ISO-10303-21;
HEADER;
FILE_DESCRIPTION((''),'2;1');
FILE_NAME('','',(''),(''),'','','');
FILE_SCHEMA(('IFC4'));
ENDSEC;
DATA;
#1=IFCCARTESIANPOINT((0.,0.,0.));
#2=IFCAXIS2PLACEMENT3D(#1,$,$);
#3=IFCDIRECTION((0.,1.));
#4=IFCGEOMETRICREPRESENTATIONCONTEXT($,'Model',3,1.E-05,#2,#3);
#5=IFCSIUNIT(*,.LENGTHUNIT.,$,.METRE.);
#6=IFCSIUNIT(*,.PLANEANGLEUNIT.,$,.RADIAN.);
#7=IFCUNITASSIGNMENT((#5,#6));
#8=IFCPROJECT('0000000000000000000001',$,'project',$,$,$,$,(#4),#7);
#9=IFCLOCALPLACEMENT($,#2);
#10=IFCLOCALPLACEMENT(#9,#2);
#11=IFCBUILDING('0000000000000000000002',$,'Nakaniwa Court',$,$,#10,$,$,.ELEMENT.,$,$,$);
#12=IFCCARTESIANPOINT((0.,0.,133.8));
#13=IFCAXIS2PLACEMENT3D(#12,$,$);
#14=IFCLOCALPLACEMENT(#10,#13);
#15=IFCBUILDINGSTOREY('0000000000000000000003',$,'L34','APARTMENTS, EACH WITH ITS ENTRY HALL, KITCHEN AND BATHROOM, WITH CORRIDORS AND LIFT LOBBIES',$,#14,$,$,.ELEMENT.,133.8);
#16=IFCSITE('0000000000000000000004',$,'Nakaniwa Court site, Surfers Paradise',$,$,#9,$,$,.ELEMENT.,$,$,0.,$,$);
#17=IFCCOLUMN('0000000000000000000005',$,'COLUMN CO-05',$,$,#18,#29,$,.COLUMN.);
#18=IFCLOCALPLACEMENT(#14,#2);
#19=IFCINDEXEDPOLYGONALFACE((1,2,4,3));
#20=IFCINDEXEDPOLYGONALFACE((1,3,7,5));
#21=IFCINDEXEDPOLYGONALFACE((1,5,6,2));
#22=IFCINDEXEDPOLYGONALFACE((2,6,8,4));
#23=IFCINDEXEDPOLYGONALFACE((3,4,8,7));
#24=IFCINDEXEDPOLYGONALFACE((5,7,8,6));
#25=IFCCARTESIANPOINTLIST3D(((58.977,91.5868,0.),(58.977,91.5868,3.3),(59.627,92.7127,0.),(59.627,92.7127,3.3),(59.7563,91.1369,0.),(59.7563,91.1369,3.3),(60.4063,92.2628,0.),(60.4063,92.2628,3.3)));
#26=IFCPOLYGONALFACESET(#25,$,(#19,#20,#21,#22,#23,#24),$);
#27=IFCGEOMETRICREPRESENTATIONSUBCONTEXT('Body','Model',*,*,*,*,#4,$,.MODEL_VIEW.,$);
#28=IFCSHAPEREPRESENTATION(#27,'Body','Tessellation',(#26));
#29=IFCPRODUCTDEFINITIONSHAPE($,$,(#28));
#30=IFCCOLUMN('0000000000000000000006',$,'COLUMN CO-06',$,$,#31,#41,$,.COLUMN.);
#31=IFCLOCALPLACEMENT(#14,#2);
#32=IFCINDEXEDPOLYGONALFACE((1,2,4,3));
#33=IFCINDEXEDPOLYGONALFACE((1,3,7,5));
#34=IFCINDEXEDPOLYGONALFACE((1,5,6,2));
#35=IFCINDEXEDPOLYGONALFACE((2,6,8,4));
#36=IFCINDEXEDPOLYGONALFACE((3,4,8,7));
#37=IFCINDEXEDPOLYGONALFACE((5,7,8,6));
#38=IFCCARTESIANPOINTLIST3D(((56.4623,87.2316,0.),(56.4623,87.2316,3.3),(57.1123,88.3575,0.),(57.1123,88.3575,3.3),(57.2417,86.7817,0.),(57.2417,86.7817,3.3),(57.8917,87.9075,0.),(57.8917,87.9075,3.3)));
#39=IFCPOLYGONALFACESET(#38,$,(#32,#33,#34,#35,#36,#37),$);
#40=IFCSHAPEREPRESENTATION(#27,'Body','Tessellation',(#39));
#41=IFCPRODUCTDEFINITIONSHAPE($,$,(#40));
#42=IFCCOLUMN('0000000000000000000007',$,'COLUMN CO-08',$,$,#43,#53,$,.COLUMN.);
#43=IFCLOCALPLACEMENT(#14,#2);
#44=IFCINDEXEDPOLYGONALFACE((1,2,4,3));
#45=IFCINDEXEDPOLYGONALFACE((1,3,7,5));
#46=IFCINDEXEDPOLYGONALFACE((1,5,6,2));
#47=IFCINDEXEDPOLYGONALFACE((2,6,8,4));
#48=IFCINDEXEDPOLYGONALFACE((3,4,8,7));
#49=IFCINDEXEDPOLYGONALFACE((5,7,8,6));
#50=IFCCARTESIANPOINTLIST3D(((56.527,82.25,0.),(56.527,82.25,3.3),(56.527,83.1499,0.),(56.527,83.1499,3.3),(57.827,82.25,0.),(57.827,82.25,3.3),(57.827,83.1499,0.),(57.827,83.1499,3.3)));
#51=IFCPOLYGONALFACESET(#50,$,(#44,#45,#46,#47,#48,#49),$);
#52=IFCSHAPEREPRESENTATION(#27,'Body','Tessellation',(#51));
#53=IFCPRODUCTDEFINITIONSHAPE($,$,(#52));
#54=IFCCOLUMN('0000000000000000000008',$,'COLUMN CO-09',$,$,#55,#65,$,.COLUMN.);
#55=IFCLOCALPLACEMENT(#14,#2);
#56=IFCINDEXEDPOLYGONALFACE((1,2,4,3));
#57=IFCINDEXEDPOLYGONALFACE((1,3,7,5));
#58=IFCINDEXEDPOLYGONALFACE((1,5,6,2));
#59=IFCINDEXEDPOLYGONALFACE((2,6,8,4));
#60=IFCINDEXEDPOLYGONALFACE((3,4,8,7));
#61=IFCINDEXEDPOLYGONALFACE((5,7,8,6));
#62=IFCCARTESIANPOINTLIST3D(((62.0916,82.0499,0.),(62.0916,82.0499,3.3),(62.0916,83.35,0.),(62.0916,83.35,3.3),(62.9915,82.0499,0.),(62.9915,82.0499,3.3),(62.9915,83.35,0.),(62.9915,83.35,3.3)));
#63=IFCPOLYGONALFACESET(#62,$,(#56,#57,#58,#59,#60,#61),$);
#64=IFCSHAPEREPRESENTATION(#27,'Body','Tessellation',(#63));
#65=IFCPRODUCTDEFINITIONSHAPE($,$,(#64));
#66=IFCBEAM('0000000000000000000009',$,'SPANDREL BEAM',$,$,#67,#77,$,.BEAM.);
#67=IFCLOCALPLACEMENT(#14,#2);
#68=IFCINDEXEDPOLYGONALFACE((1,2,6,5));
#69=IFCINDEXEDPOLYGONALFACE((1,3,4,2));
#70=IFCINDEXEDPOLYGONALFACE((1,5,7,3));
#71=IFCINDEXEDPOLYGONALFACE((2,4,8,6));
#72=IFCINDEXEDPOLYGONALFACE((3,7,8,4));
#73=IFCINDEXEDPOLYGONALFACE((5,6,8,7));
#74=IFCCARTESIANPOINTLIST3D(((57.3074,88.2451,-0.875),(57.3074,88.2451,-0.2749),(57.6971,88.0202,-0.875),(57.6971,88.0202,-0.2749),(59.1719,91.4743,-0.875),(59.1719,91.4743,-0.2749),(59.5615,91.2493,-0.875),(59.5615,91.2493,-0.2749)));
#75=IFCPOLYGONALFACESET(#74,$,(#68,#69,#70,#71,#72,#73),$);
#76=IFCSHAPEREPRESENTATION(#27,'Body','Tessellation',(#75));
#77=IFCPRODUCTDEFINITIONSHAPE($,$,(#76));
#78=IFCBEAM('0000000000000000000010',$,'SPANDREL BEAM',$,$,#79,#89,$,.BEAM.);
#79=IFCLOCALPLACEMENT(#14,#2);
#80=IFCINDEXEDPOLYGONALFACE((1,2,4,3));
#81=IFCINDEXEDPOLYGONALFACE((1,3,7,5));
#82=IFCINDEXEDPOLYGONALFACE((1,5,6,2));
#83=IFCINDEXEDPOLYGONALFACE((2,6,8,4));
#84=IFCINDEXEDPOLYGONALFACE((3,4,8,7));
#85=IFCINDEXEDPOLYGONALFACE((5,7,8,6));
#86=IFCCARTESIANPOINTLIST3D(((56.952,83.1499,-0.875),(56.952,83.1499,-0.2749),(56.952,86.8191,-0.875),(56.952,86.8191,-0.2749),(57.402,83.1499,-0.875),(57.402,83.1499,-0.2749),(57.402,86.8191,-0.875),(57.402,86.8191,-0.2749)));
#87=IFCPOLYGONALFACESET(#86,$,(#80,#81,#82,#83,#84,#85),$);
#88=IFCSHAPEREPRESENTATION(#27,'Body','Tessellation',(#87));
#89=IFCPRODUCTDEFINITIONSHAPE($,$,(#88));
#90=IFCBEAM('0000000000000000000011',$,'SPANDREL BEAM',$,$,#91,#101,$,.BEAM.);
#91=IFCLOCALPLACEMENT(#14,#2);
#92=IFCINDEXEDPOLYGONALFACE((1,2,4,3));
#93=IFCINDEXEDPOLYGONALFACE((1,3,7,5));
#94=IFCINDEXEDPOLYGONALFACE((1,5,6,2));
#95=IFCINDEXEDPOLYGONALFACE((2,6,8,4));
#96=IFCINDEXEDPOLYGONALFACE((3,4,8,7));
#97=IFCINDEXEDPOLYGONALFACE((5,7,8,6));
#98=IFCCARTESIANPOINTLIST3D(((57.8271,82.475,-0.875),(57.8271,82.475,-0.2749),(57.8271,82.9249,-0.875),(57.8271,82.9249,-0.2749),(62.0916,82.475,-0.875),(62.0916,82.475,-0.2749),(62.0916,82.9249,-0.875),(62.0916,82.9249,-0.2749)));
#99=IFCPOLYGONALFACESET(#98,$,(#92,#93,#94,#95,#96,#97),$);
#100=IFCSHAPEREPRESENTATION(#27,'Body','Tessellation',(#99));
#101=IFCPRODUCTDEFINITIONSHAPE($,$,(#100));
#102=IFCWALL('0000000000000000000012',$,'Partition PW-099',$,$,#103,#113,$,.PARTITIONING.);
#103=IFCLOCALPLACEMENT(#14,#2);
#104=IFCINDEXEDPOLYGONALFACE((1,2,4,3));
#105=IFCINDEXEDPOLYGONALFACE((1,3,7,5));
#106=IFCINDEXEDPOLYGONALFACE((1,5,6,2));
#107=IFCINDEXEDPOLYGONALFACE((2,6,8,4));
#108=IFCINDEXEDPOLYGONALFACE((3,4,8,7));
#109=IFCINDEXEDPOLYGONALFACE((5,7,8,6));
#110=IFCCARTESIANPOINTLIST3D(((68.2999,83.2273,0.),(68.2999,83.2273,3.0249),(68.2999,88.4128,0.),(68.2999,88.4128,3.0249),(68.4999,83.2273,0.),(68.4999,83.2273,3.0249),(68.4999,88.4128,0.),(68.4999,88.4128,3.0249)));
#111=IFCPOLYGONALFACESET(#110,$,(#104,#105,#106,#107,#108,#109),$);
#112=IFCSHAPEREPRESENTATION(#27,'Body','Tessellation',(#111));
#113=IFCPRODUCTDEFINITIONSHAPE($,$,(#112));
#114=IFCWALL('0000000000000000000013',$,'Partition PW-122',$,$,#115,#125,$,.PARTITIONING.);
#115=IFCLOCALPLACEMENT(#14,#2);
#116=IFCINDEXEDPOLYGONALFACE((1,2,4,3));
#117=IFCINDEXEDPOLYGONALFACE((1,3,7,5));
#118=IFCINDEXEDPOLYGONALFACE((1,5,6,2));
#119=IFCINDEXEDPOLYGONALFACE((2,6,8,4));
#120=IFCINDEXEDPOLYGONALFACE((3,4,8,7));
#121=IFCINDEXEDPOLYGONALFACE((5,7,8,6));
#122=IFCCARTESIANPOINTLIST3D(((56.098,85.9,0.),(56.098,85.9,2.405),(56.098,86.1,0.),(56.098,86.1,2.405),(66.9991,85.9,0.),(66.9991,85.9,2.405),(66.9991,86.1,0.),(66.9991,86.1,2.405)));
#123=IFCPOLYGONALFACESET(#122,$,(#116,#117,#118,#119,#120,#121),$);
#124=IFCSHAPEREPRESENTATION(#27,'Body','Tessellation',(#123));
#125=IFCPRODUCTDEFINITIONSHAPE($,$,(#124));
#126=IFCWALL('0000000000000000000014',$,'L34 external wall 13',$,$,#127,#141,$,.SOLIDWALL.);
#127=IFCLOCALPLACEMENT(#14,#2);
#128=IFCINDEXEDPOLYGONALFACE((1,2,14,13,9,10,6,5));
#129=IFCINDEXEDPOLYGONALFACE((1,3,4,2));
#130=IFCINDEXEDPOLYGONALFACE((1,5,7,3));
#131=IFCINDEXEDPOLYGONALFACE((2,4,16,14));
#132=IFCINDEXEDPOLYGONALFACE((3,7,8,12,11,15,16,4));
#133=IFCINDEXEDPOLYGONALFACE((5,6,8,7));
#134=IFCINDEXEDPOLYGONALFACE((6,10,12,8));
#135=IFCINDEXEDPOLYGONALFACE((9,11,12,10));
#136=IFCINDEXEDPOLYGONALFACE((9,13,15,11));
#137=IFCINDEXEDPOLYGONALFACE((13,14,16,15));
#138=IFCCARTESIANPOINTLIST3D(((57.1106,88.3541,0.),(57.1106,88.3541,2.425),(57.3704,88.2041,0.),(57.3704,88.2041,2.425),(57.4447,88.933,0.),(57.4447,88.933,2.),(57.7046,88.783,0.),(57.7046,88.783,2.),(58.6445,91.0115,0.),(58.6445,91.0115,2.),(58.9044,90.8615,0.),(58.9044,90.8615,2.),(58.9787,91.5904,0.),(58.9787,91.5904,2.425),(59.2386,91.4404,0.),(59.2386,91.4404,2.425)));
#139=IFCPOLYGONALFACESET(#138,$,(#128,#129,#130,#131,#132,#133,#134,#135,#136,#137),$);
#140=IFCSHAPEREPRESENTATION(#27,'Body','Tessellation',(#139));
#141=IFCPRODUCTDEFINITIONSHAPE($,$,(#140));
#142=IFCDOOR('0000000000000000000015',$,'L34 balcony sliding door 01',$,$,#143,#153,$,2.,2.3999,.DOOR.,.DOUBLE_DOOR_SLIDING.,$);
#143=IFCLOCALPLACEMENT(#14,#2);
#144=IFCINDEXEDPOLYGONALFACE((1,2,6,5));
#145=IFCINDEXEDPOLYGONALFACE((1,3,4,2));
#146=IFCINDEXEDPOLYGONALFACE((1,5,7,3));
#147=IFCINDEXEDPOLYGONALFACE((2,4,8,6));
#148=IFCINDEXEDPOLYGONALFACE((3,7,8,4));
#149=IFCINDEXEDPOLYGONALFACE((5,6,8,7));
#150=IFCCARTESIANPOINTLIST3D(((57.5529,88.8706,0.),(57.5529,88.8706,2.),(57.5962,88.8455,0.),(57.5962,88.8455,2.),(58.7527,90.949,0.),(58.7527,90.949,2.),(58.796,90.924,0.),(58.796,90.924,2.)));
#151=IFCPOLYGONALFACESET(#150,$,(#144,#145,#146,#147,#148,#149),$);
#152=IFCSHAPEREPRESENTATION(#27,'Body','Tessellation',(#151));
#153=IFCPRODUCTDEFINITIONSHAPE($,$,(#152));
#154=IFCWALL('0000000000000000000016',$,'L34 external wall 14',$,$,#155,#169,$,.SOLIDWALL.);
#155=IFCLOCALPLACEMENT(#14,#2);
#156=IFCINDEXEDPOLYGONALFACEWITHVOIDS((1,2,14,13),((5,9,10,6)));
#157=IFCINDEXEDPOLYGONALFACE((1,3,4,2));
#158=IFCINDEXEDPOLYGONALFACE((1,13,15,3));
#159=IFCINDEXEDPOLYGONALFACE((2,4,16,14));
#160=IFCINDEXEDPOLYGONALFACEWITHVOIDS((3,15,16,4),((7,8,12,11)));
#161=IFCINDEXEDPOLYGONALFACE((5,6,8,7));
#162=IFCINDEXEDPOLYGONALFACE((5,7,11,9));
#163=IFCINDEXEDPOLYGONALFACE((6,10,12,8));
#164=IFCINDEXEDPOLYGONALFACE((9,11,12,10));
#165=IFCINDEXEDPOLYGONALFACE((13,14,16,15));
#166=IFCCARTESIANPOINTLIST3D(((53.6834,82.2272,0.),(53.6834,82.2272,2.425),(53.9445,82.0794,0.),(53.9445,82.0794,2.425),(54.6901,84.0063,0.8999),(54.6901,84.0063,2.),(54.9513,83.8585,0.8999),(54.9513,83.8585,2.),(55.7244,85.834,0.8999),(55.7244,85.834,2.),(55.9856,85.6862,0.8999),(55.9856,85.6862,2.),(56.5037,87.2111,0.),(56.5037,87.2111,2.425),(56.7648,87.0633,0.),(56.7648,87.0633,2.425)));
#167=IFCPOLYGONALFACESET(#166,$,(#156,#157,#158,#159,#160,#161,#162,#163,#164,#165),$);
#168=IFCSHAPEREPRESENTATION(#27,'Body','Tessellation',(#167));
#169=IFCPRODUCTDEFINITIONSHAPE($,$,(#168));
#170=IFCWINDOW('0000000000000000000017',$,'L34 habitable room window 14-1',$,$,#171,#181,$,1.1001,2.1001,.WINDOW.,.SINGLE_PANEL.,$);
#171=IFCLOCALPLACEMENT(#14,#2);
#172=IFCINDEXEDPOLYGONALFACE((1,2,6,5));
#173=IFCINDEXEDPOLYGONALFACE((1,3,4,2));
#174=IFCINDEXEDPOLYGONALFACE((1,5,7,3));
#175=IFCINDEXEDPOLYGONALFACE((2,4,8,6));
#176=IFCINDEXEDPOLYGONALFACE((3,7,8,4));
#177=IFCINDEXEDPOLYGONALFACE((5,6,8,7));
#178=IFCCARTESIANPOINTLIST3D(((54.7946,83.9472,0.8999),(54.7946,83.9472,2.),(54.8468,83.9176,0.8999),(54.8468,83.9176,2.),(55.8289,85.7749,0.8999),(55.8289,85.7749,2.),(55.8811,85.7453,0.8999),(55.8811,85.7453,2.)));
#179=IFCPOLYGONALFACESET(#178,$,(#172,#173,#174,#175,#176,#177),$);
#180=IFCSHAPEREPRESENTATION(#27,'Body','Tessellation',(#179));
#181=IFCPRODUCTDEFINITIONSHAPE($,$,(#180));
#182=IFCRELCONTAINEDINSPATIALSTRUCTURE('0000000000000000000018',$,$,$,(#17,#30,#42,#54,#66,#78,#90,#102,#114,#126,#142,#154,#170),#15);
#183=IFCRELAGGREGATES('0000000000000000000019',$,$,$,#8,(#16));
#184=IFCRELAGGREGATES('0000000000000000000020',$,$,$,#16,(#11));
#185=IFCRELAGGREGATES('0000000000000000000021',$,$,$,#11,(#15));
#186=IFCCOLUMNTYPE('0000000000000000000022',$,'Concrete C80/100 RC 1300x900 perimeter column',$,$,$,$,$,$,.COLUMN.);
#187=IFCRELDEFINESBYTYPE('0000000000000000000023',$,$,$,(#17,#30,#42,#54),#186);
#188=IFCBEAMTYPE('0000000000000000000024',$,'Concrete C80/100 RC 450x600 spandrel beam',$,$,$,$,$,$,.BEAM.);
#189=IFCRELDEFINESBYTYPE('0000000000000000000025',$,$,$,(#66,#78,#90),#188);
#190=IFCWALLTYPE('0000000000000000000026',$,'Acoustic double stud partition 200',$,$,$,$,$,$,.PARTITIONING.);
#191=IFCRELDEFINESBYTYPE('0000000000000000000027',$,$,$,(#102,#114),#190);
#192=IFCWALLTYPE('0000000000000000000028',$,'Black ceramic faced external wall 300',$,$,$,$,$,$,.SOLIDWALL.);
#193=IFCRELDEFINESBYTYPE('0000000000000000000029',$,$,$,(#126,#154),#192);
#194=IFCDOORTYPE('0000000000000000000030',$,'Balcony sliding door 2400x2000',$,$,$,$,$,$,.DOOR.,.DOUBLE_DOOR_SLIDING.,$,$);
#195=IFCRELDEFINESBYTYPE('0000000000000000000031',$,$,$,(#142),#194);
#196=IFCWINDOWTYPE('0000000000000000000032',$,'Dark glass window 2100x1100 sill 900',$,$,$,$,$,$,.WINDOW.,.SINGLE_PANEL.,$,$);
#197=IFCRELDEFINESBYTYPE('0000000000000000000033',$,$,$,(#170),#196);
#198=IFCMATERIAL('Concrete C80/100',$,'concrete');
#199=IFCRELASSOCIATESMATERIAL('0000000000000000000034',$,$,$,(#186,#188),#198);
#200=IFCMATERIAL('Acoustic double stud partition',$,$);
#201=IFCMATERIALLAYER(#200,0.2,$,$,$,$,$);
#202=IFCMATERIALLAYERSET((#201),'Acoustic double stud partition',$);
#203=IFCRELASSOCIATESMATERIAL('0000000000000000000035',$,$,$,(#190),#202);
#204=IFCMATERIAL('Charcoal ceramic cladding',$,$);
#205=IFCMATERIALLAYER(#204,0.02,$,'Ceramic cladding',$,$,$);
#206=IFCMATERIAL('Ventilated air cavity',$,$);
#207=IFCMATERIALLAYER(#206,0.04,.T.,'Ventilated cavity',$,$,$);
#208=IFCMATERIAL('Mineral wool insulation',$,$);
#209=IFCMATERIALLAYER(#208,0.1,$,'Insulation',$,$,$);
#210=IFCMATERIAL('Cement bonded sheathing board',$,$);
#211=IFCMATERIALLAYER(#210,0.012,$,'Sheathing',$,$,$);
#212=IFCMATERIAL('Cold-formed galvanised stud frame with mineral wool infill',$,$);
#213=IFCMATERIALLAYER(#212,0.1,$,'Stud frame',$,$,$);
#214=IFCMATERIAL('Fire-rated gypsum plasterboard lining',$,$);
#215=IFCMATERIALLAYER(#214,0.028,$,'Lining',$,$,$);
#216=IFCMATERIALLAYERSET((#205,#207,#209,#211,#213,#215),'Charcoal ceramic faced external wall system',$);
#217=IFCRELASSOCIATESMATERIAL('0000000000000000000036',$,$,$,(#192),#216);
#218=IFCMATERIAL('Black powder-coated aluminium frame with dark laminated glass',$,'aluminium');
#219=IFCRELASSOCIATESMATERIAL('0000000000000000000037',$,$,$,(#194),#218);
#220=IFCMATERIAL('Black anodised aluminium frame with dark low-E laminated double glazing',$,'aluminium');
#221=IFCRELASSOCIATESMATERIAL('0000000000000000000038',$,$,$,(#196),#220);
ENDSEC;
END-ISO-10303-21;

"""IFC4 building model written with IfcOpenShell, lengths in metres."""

from ifc_helpers import new_model, si_unit, direction, frame, frame_2d, origin, origin_2d, place, context, subcontext, project, spatial, rectangle, extrude, material, layer, layer_set, material_profile, profile_set, type_object, element, fill, save


model = new_model("IFC4")

# Units and contexts
model_context = context("Model", 3, precision=1e-05, world=origin(), true_north=direction((0.0, 1.0)))
body_context = subcontext(model_context, "Body", "Model", "MODEL_VIEW")
ifc_project = project(units=[si_unit("LENGTHUNIT", "METRE"), si_unit("PLANEANGLEUNIT", "RADIAN")], contexts=[model_context])

# Site, building, storey
site_placement = place(None, origin())
site = spatial("IfcSite", under=ifc_project, at=site_placement, Name="Nakaniwa Court site, Surfers Paradise", CompositionType="ELEMENT", RefElevation=0.0)
building_placement = place(site_placement, origin())
building = spatial("IfcBuilding", under=site, at=building_placement, Name="Nakaniwa Court", CompositionType="ELEMENT")
storey_placement = place(building_placement, frame((0.0, 0.0, 133.8)))
storey = spatial("IfcBuildingStorey", under=building, at=storey_placement, Name="L34", Description="APARTMENTS, EACH WITH ITS ENTRY HALL, KITCHEN AND BATHROOM, WITH CORRIDORS AND LIFT LOBBIES", CompositionType="ELEMENT", Elevation=133.8)

# Columns
ifc_material_1 = material(Name="Concrete C80/100", Category="concrete")
ifc_material_profile_1 = material_profile(ifc_material_1, rectangle(XDim=1.3, YDim=0.8999, at=origin_2d()), Name="Concrete C80/100 RC 1300x900 perimeter column")
ifc_profile_set_1 = profile_set([ifc_material_profile_1], Name="Concrete C80/100")
column_type = type_object("IfcColumnType", Name="Concrete C80/100 RC 1300x900 perimeter column", PredefinedType="COLUMN", material=ifc_profile_set_1)
for number, where, z_axis, x_axis, name in (
    (1, (59.6917, 91.9248, 0.0), (0.0, 0.0, 1.0), (-0.5, -0.866025, 0.0), "COLUMN CO-05"),
    (2, (57.177, 87.5696, 0.0), (0.0, 0.0, 1.0), (-0.5, -0.866025, 0.0), "COLUMN CO-06"),
    (3, (57.177, 82.7, 0.0), (0.0, 0.0, 1.0), (1.0, 0.0, 0.0), "COLUMN CO-08"),
    (4, (62.5415, 82.7, 0.0), (0.0, 0.0, 1.0), (0.0, -1.0, 0.0), "COLUMN CO-09"),
):
    element("IfcColumn", number, at=place(storey_placement, frame(where, z_axis=z_axis, x_axis=x_axis)), inside=storey, type_object=column_type, Name=name, PredefinedType="COLUMN", context=body_context, shape_type="SweptSolid", body=[
        extrude(rectangle(XDim=1.3, YDim=0.8999, at=origin_2d()), origin(), (0.0, 0.0, 1.0), 3.3),
    ])

# Beams
ifc_material_profile_2 = material_profile(ifc_material_1, rectangle(XDim=0.45, YDim=0.6001, at=origin_2d()), Name="Concrete C80/100 RC 450x600 spandrel beam")
ifc_profile_set_2 = profile_set([ifc_material_profile_2], Name="Concrete C80/100")
beam_type = type_object("IfcBeamType", Name="Concrete C80/100 RC 450x600 spandrel beam", PredefinedType="BEAM", material=ifc_profile_set_2)
beam_1_placement = place(storey_placement, frame((59.3667, 91.3618, -0.575), z_axis=(-0.500019, -0.866014, 0.0), x_axis=(0.866014, -0.500019, 0.0)))
element("IfcBeam", 5, at=beam_1_placement, inside=storey, type_object=beam_type, Name="SPANDREL BEAM", PredefinedType="BEAM", context=body_context, shape_type="SweptSolid", body=[
    extrude(rectangle(XDim=0.45, YDim=0.6001, at=origin_2d()), origin(), (0.0, 0.0, 1.0), 3.7288),
])
beam_2_placement = place(storey_placement, frame((57.177, 86.8191, -0.575), z_axis=(0.0, -1.0, 0.0), x_axis=(1.0, 0.0, 0.0)))
element("IfcBeam", 6, at=beam_2_placement, inside=storey, type_object=beam_type, Name="SPANDREL BEAM", PredefinedType="BEAM", context=body_context, shape_type="SweptSolid", body=[
    extrude(rectangle(XDim=0.45, YDim=0.6001, at=origin_2d()), origin(), (0.0, 0.0, 1.0), 3.6692),
])
beam_3_placement = place(storey_placement, frame((57.8271, 82.7, -0.575), z_axis=(1.0, 0.0, 0.0), x_axis=(0.0, 1.0, 0.0)))
element("IfcBeam", 7, at=beam_3_placement, inside=storey, type_object=beam_type, Name="SPANDREL BEAM", PredefinedType="BEAM", context=body_context, shape_type="SweptSolid", body=[
    extrude(rectangle(XDim=0.45, YDim=0.6001, at=origin_2d()), origin(), (0.0, 0.0, 1.0), 4.2644),
])

# Walls
ifc_material_2 = material(Name="Acoustic double stud partition")
ifc_layer_1 = layer(ifc_material_2, 0.2)
ifc_layer_set_1 = layer_set([ifc_layer_1], Name="Acoustic double stud partition")
wall_type_1 = type_object("IfcWallType", Name="Acoustic double stud partition 200", PredefinedType="PARTITIONING", material=ifc_layer_set_1)
wall_1_placement = place(storey_placement, frame((68.3999, 83.2273, 0.0), z_axis=(0.0, 0.0, 1.0), x_axis=(0.0, 1.0, 0.0)))
element("IfcWall", 8, at=wall_1_placement, inside=storey, type_object=wall_type_1, Name="Partition PW-099", PredefinedType="PARTITIONING", context=body_context, shape_type="SweptSolid", body=[
    extrude(rectangle(XDim=5.1855, YDim=0.2, at=frame_2d((2.5928, 0.0))), origin(), (0.0, 0.0, 1.0), 3.0249),
])
wall_2_placement = place(storey_placement, frame((56.0979, 86.0, 0.0), z_axis=(0.0, 0.0, 1.0), x_axis=(1.0, 0.0, 0.0)))
element("IfcWall", 9, at=wall_2_placement, inside=storey, type_object=wall_type_1, Name="Partition PW-122", PredefinedType="PARTITIONING", context=body_context, shape_type="SweptSolid", body=[
    extrude(rectangle(XDim=10.9011, YDim=0.2, at=frame_2d((5.4507, 0.0))), origin(), (0.0, 0.0, 1.0), 2.405),
])

# Wall, opening, door
ifc_material_3 = material(Name="Charcoal ceramic cladding")
ifc_layer_2 = layer(ifc_material_3, 0.02, Name="Ceramic cladding")
ifc_material_4 = material(Name="Ventilated air cavity")
ifc_layer_3 = layer(ifc_material_4, 0.04, ventilated=True, Name="Ventilated cavity")
ifc_material_5 = material(Name="Mineral wool insulation")
ifc_layer_4 = layer(ifc_material_5, 0.1, Name="Insulation")
ifc_material_6 = material(Name="Cement bonded sheathing board")
ifc_layer_5 = layer(ifc_material_6, 0.012, Name="Sheathing")
ifc_material_7 = material(Name="Cold-formed galvanised stud frame with mineral wool infill")
ifc_layer_6 = layer(ifc_material_7, 0.1, Name="Stud frame")
ifc_material_8 = material(Name="Fire-rated gypsum plasterboard lining")
ifc_layer_7 = layer(ifc_material_8, 0.028, Name="Lining")
ifc_layer_set_2 = layer_set([ifc_layer_2, ifc_layer_3, ifc_layer_4, ifc_layer_5, ifc_layer_6, ifc_layer_7], Name="Charcoal ceramic faced external wall system")
wall_type_2 = type_object("IfcWallType", Name="Black ceramic faced external wall 300", PredefinedType="SOLIDWALL", material=ifc_layer_set_2)
wall_3_placement = place(storey_placement, frame((59.1086, 91.5154, 0.0), z_axis=(0.0, 0.0, 1.0), x_axis=(-0.499934, -0.866064, 0.0)))
wall_3 = element("IfcWall", 10, at=wall_3_placement, inside=storey, type_object=wall_type_2, Name="L34 external wall 13", PredefinedType="SOLIDWALL", context=body_context, shape_type="SweptSolid", body=[
    extrude(rectangle(XDim=3.7368, YDim=0.3, at=frame_2d((1.8684, 0.0))), origin(), (0.0, 0.0, 1.0), 2.425),
])
opening_1_placement = place(wall_3_placement, frame((0.6685, 0.0, 0.0)))
opening_1 = element("IfcOpeningElement", 11, at=opening_1_placement, cuts=wall_3, PredefinedType="OPENING", context=body_context, shape_type="SweptSolid", body=[
    extrude(rectangle(XDim=2.3999, YDim=2.0, at=frame_2d((1.2, 1.0))), frame((0.0, 0.1599, 0.0), z_axis=(0.0, -1.0, 0.0), x_axis=(1.0, 0.0, 0.0)), (0.0, 0.0, 1.0), 0.3201),
])
ifc_material_9 = material(Name="Black powder-coated aluminium frame with dark laminated glass", Category="aluminium")
door_type_1 = type_object("IfcDoorType", Name="Balcony sliding door 2400x2000", OperationType="DOUBLE_DOOR_SLIDING", PredefinedType="DOOR", material=ifc_material_9)
door_1_placement = place(opening_1_placement, origin())
door_1 = element("IfcDoor", 12, at=door_1_placement, inside=storey, type_object=door_type_1, Name="L34 balcony sliding door 01", OperationType="DOUBLE_DOOR_SLIDING", OverallHeight=2.0, OverallWidth=2.3999, PredefinedType="DOOR", context=body_context, shape_type="SweptSolid", body=[
    extrude(rectangle(XDim=2.3999, YDim=2.0, at=frame_2d((1.2, 1.0))), frame((0.0, 0.0249, 0.0), z_axis=(0.0, -1.0, 0.0), x_axis=(1.0, 0.0, 0.0)), (0.0, 0.0, 1.0), 0.05),
])
fill(opening_1, door_1)

# Wall, opening, window
wall_4_placement = place(storey_placement, frame((56.6343, 87.1372, 0.0), z_axis=(0.0, 0.0, 1.0), x_axis=(-0.492498, -0.870313, 0.0)))
wall_4 = element("IfcWall", 13, at=wall_4_placement, inside=storey, type_object=wall_type_2, Name="L34 external wall 14", PredefinedType="SOLIDWALL", context=body_context, shape_type="SweptSolid", body=[
    extrude(rectangle(XDim=5.7266, YDim=0.3, at=frame_2d((2.8633, 0.0))), origin(), (0.0, 0.0, 1.0), 2.425),
])
opening_2_placement = place(wall_4_placement, frame((1.5823, 0.0, 0.8999)))
opening_2 = element("IfcOpeningElement", 14, at=opening_2_placement, cuts=wall_4, PredefinedType="OPENING", context=body_context, shape_type="SweptSolid", body=[
    extrude(rectangle(XDim=2.1001, YDim=1.1001, at=frame_2d((1.05, 0.55))), frame((0.0, 0.1599, 0.0), z_axis=(0.0, -1.0, 0.0), x_axis=(1.0, 0.0, 0.0)), (0.0, 0.0, 1.0), 0.3201),
])
ifc_material_10 = material(Name="Black anodised aluminium frame with dark low-E laminated double glazing", Category="aluminium")
window_type_1 = type_object("IfcWindowType", Name="Dark glass window 2100x1100 sill 900", PartitioningType="SINGLE_PANEL", PredefinedType="WINDOW", material=ifc_material_10)
window_1_placement = place(opening_2_placement, origin())
window_1 = element("IfcWindow", 15, at=window_1_placement, inside=storey, type_object=window_type_1, Name="L34 habitable room window 14-1", OverallHeight=1.1001, OverallWidth=2.1001, PartitioningType="SINGLE_PANEL", PredefinedType="WINDOW", context=body_context, shape_type="SweptSolid", body=[
    extrude(rectangle(XDim=2.1001, YDim=1.1001, at=frame_2d((1.05, 0.55))), frame((0.0, 0.03, 0.0), z_axis=(0.0, -1.0, 0.0), x_axis=(1.0, 0.0, 0.0)), (0.0, 0.0, 1.0), 0.0601),
])
fill(opening_2, window_1)

save(model, "model.ifc")
